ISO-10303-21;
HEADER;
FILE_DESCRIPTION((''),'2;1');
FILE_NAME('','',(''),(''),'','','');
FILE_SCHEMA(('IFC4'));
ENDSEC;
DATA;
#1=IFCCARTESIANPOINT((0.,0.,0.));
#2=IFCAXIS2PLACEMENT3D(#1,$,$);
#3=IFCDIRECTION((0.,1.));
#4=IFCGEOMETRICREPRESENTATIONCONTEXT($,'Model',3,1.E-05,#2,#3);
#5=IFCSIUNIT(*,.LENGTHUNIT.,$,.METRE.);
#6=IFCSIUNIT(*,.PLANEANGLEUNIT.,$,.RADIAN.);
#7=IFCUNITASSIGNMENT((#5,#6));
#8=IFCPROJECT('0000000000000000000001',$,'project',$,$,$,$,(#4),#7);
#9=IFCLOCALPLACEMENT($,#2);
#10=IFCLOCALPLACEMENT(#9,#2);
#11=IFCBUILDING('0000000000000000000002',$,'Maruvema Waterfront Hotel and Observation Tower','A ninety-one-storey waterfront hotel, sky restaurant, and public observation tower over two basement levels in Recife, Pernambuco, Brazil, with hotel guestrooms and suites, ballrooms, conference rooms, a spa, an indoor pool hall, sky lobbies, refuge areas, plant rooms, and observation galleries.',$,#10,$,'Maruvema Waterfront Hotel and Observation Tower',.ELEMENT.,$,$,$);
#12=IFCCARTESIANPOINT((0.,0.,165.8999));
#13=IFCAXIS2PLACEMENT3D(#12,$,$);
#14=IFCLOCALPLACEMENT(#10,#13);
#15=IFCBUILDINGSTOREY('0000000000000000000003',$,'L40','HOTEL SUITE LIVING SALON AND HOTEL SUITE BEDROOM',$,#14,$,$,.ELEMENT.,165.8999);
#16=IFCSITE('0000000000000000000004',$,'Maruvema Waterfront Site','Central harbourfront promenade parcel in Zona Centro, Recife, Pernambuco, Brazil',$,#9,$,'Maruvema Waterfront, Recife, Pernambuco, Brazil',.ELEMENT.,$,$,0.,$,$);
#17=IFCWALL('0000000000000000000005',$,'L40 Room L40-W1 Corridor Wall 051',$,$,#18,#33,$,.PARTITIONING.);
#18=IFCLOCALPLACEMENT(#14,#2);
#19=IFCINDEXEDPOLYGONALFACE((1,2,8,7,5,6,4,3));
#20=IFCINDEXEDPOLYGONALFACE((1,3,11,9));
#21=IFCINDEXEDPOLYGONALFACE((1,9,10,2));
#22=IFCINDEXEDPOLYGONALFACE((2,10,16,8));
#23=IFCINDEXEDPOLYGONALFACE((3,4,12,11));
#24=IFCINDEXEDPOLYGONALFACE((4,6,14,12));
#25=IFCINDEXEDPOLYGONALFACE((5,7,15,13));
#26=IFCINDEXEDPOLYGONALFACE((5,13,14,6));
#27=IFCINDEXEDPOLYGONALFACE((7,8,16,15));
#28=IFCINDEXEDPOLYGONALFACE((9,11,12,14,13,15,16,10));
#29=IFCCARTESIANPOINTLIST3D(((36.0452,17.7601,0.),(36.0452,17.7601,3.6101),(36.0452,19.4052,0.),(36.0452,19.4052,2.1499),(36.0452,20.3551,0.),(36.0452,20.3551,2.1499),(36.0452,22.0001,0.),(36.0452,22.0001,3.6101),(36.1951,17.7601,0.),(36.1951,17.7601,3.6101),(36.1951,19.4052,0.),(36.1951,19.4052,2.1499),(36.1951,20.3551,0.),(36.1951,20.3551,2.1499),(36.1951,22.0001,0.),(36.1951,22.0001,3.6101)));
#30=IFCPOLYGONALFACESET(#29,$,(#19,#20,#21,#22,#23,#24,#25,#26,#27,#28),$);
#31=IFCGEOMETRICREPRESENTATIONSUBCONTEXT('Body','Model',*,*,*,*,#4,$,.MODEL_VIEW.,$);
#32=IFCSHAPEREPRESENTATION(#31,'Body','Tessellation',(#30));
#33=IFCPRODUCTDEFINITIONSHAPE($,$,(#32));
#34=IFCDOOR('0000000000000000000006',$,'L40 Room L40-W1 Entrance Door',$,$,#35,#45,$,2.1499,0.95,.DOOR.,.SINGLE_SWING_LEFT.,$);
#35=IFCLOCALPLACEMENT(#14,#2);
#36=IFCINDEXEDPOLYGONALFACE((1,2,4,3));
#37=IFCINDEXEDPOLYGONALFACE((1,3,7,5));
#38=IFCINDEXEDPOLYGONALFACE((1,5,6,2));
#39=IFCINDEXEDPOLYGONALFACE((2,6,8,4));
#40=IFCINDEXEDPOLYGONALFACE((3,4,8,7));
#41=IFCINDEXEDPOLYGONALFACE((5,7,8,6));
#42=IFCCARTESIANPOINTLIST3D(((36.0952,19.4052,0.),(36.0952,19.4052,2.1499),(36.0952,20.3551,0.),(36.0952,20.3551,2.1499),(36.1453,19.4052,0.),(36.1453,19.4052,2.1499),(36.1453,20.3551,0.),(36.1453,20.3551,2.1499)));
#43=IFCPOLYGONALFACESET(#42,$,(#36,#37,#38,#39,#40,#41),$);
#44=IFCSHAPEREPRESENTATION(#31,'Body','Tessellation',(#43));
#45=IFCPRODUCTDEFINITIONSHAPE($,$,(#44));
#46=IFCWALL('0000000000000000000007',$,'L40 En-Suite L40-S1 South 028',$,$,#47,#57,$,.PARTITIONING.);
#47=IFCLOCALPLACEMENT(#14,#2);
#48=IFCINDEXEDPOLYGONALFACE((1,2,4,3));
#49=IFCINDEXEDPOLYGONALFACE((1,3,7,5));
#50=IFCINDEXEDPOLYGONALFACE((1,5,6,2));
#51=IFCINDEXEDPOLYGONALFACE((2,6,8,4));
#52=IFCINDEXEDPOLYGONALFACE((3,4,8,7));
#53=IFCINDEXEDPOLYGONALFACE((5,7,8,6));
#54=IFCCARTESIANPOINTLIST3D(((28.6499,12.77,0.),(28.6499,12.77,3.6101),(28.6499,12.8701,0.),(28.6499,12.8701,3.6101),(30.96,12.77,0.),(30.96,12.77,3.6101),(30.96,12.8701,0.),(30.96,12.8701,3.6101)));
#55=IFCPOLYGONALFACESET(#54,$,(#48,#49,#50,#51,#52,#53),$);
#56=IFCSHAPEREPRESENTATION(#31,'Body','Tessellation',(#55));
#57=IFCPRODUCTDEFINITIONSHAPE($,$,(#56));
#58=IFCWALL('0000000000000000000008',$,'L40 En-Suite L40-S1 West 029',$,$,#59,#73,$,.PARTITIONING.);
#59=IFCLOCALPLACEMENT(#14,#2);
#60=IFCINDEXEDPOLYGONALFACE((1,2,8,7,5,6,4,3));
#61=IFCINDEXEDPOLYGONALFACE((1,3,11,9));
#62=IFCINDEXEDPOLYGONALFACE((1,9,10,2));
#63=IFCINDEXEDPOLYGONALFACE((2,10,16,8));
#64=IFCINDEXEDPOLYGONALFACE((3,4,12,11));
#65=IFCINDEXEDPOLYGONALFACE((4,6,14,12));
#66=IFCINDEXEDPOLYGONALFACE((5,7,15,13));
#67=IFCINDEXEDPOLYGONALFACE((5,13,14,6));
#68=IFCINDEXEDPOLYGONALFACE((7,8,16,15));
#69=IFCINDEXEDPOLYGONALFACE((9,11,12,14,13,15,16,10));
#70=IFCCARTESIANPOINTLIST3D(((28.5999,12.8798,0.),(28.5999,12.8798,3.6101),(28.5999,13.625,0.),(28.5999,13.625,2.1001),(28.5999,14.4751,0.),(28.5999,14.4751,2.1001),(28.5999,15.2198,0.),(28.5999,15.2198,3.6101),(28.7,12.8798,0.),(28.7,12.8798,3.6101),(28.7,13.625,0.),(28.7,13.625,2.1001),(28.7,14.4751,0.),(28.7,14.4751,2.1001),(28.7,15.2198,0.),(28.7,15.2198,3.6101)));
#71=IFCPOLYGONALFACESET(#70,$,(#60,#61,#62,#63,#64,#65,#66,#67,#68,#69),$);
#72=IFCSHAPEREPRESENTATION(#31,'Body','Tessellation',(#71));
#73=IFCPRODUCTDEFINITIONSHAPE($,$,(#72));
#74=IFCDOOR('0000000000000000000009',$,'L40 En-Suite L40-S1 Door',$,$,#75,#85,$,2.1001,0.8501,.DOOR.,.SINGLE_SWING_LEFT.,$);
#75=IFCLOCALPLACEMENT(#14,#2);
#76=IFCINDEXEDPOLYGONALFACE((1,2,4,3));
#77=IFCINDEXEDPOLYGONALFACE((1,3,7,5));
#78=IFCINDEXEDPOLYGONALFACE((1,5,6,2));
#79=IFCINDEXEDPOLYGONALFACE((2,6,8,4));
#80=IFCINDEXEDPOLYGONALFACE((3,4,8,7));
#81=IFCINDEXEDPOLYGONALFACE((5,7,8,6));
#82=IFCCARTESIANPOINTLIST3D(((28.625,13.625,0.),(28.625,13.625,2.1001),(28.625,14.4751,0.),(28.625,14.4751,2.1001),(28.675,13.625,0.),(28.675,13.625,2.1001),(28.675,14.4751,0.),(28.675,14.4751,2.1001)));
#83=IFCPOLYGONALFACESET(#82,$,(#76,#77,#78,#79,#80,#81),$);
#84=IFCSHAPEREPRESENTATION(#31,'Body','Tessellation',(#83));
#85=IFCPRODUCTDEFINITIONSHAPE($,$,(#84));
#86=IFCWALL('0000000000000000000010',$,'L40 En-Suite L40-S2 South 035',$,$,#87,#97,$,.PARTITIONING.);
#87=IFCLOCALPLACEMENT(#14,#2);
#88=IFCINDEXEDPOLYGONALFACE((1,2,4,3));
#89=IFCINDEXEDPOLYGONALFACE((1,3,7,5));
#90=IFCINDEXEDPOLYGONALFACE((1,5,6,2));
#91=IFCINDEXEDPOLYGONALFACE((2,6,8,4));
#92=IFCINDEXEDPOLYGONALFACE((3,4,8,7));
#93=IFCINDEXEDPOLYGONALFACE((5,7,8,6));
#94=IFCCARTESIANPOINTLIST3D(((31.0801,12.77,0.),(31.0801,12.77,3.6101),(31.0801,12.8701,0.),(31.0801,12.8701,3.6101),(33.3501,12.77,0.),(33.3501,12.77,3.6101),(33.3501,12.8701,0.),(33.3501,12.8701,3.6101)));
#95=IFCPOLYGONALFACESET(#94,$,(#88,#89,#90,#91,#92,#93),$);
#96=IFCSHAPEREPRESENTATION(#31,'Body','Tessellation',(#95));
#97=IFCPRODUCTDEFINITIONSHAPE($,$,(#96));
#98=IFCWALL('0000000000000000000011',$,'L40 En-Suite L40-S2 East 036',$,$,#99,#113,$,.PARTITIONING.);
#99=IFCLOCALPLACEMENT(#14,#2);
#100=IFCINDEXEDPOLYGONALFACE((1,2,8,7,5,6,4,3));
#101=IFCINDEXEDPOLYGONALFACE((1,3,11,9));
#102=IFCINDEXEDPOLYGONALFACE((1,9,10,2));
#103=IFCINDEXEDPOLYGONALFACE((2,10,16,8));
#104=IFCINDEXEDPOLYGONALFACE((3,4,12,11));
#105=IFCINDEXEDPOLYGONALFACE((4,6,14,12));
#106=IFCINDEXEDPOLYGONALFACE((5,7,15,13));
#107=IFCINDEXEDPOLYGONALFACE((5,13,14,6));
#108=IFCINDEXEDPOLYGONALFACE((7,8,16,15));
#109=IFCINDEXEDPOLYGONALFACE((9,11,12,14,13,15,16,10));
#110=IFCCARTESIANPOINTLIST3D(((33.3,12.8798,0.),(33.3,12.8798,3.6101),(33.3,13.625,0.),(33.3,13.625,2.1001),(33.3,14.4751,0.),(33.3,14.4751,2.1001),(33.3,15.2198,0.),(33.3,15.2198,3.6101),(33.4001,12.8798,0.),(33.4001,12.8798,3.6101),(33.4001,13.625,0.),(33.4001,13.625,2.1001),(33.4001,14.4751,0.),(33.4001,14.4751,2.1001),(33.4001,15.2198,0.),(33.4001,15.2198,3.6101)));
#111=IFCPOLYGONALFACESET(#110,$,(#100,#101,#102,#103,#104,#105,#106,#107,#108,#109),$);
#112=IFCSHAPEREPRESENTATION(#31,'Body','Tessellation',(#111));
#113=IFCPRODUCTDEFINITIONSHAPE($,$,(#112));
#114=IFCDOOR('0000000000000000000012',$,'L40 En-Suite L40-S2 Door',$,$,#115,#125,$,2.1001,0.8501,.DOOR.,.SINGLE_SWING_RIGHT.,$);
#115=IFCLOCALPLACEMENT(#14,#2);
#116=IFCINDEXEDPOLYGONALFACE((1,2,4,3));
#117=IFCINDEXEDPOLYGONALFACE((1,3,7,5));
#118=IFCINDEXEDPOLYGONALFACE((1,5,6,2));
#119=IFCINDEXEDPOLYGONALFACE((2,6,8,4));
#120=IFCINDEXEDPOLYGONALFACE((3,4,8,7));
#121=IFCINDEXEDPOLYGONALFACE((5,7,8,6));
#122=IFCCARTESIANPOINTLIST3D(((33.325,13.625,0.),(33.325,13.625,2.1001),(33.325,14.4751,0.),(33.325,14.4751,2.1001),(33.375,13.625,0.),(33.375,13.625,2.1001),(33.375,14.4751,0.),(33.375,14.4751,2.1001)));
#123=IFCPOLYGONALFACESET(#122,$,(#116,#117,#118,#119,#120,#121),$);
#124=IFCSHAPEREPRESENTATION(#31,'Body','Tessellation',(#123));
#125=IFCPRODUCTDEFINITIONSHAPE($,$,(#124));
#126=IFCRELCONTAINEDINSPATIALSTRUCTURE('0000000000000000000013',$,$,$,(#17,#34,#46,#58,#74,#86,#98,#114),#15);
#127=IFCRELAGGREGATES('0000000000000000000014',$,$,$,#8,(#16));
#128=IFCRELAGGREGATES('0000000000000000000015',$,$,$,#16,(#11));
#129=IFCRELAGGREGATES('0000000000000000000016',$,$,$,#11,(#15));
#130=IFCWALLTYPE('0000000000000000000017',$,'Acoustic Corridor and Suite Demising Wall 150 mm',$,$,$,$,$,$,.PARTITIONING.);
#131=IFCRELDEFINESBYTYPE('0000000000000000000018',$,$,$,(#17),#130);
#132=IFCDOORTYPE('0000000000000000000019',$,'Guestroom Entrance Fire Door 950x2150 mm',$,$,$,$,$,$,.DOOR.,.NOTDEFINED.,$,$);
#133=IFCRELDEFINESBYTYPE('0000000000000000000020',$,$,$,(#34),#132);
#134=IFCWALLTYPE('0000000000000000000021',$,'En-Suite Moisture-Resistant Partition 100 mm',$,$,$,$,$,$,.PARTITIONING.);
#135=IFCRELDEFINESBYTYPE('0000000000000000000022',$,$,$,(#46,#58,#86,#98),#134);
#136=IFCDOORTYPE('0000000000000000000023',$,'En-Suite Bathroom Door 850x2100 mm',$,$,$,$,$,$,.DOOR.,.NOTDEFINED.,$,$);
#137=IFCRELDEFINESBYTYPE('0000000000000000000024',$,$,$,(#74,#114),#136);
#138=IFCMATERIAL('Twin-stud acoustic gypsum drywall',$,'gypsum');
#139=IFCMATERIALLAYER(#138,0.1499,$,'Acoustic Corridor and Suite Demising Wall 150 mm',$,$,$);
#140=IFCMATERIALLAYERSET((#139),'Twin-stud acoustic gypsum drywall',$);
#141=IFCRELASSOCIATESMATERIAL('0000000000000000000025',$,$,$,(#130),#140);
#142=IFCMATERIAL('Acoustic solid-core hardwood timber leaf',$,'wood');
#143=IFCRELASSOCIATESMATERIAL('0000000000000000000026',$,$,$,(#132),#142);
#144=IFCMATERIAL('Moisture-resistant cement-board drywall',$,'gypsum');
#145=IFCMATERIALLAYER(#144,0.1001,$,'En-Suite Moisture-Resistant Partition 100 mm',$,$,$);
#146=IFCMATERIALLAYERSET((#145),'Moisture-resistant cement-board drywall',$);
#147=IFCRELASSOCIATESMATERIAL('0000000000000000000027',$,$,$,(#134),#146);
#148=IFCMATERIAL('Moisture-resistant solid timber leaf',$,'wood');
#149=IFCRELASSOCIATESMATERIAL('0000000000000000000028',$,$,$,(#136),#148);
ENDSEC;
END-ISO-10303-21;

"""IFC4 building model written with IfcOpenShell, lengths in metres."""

from ifc_helpers import new_model, si_unit, direction, frame, frame_2d, origin, place, context, subcontext, project, spatial, rectangle, extrude, material, layer, layer_set, type_object, element, fill, save


model = new_model("IFC4")

# Units and contexts
model_context = context("Model", 3, precision=1e-05, world=origin(), true_north=direction((0.0, 1.0)))
body_context = subcontext(model_context, "Body", "Model", "MODEL_VIEW")
ifc_project = project(units=[si_unit("LENGTHUNIT", "METRE"), si_unit("PLANEANGLEUNIT", "RADIAN")], contexts=[model_context])

# Site, building, storey
site_placement = place(None, origin())
site = spatial("IfcSite", under=ifc_project, at=site_placement, Name="Maruvema Waterfront Site", Description="Central harbourfront promenade parcel in Zona Centro, Recife, Pernambuco, Brazil", LongName="Maruvema Waterfront, Recife, Pernambuco, Brazil", CompositionType="ELEMENT", RefElevation=0.0)
building_placement = place(site_placement, origin())
building = spatial("IfcBuilding", under=site, at=building_placement, Name="Maruvema Waterfront Hotel and Observation Tower", Description="A ninety-one-storey waterfront hotel, sky restaurant, and public observation tower over two basement levels in Recife, Pernambuco, Brazil, with hotel guestrooms and suites, ballrooms, conference rooms, a spa, an indoor pool hall, sky lobbies, refuge areas, plant rooms, and observation galleries.", LongName="Maruvema Waterfront Hotel and Observation Tower", CompositionType="ELEMENT")
storey_placement = place(building_placement, frame((0.0, 0.0, 165.8999)))
storey = spatial("IfcBuildingStorey", under=building, at=storey_placement, Name="L40", Description="HOTEL SUITE LIVING SALON AND HOTEL SUITE BEDROOM", CompositionType="ELEMENT", Elevation=165.8999)

# Shared definitions
ifc_material_1 = material(Name="Twin-stud acoustic gypsum drywall", Category="gypsum")
ifc_layer_1 = layer(ifc_material_1, 0.1499, Name="Acoustic Corridor and Suite Demising Wall 150 mm")
ifc_layer_set_1 = layer_set([ifc_layer_1], Name="Twin-stud acoustic gypsum drywall")
wall_type_1 = type_object("IfcWallType", Name="Acoustic Corridor and Suite Demising Wall 150 mm", PredefinedType="PARTITIONING", material=ifc_layer_set_1)

# Shared definitions
ifc_material_2 = material(Name="Acoustic solid-core hardwood timber leaf", Category="wood")
door_type_1 = type_object("IfcDoorType", Name="Guestroom Entrance Fire Door 950x2150 mm", OperationType="NOTDEFINED", PredefinedType="DOOR", material=ifc_material_2)

# Wall, opening, door
wall_1_placement = place(storey_placement, frame((36.1201, 17.76, 0.0), z_axis=(0.0, 0.0, 1.0), x_axis=(0.0, 1.0, 0.0)))
wall_1 = element("IfcWall", 1, at=wall_1_placement, inside=storey, type_object=wall_type_1, Name="L40 Room L40-W1 Corridor Wall 051", PredefinedType="PARTITIONING", context=body_context, shape_type="SweptSolid", body=[
    extrude(rectangle(XDim=4.24, YDim=0.1499, at=frame_2d((2.1201, 0.0))), origin(), (0.0, 0.0, 1.0), 3.6101),
])
opening_1_placement = place(wall_1_placement, frame((1.645, 0.0, 0.0)))
opening_1 = element("IfcOpeningElement", 2, at=opening_1_placement, cuts=wall_1, PredefinedType="OPENING", context=body_context, shape_type="SweptSolid", body=[
    extrude(rectangle(XDim=0.95, YDim=2.1499, at=frame_2d((0.4751, 1.075))), frame((0.0, 0.085, 0.0), z_axis=(0.0, -1.0, 0.0), x_axis=(1.0, 0.0, 0.0)), (0.0, 0.0, 1.0), 0.1699),
])
door_1_placement = place(opening_1_placement, origin())
door_1 = element("IfcDoor", 3, at=door_1_placement, inside=storey, type_object=door_type_1, Name="L40 Room L40-W1 Entrance Door", OperationType="SINGLE_SWING_LEFT", OverallHeight=2.1499, OverallWidth=0.95, PredefinedType="DOOR", context=body_context, shape_type="SweptSolid", body=[
    extrude(rectangle(XDim=0.95, YDim=2.1499, at=frame_2d((0.4751, 1.075))), frame((0.0, 0.0249, 0.0), z_axis=(0.0, -1.0, 0.0), x_axis=(1.0, 0.0, 0.0)), (0.0, 0.0, 1.0), 0.05),
])
fill(opening_1, door_1)

# Wall
ifc_material_3 = material(Name="Moisture-resistant cement-board drywall", Category="gypsum")
ifc_layer_2 = layer(ifc_material_3, 0.1001, Name="En-Suite Moisture-Resistant Partition 100 mm")
ifc_layer_set_2 = layer_set([ifc_layer_2], Name="Moisture-resistant cement-board drywall")
wall_type_2 = type_object("IfcWallType", Name="En-Suite Moisture-Resistant Partition 100 mm", PredefinedType="PARTITIONING", material=ifc_layer_set_2)
wall_2_placement = place(storey_placement, frame((28.6499, 12.8201, 0.0), z_axis=(0.0, 0.0, 1.0), x_axis=(1.0, 0.0, 0.0)))
element("IfcWall", 4, at=wall_2_placement, inside=storey, type_object=wall_type_2, Name="L40 En-Suite L40-S1 South 028", PredefinedType="PARTITIONING", context=body_context, shape_type="SweptSolid", body=[
    extrude(rectangle(XDim=2.3101, YDim=0.1001, at=frame_2d((1.155, 0.0))), origin(), (0.0, 0.0, 1.0), 3.6101),
])

# Wall, opening, door
wall_3_placement = place(storey_placement, frame((28.6499, 12.8799, 0.0), z_axis=(0.0, 0.0, 1.0), x_axis=(0.0, 1.0, 0.0)))
wall_3 = element("IfcWall", 5, at=wall_3_placement, inside=storey, type_object=wall_type_2, Name="L40 En-Suite L40-S1 West 029", PredefinedType="PARTITIONING", context=body_context, shape_type="SweptSolid", body=[
    extrude(rectangle(XDim=2.3401, YDim=0.1001, at=frame_2d((1.1699, 0.0))), origin(), (0.0, 0.0, 1.0), 3.6101),
])
opening_2_placement = place(wall_3_placement, frame((0.7451, 0.0, 0.0)))
opening_2 = element("IfcOpeningElement", 6, at=opening_2_placement, cuts=wall_3, PredefinedType="OPENING", context=body_context, shape_type="SweptSolid", body=[
    extrude(rectangle(XDim=0.8501, YDim=2.1001, at=frame_2d((0.425, 1.05))), frame((0.0, 0.0601, 0.0), z_axis=(0.0, -1.0, 0.0), x_axis=(1.0, 0.0, 0.0)), (0.0, 0.0, 1.0), 0.1201),
])
ifc_material_4 = material(Name="Moisture-resistant solid timber leaf", Category="wood")
door_type_2 = type_object("IfcDoorType", Name="En-Suite Bathroom Door 850x2100 mm", OperationType="NOTDEFINED", PredefinedType="DOOR", material=ifc_material_4)
door_2_placement = place(opening_2_placement, origin())
door_2 = element("IfcDoor", 7, at=door_2_placement, inside=storey, type_object=door_type_2, Name="L40 En-Suite L40-S1 Door", OperationType="SINGLE_SWING_LEFT", OverallHeight=2.1001, OverallWidth=0.8501, PredefinedType="DOOR", context=body_context, shape_type="SweptSolid", body=[
    extrude(rectangle(XDim=0.8501, YDim=2.1001, at=frame_2d((0.425, 1.05))), frame((0.0, 0.0249, 0.0), z_axis=(0.0, -1.0, 0.0), x_axis=(1.0, 0.0, 0.0)), (0.0, 0.0, 1.0), 0.05),
])
fill(opening_2, door_2)

# Wall
wall_4_placement = place(storey_placement, frame((31.0801, 12.8201, 0.0), z_axis=(0.0, 0.0, 1.0), x_axis=(1.0, 0.0, 0.0)))
element("IfcWall", 8, at=wall_4_placement, inside=storey, type_object=wall_type_2, Name="L40 En-Suite L40-S2 South 035", PredefinedType="PARTITIONING", context=body_context, shape_type="SweptSolid", body=[
    extrude(rectangle(XDim=2.27, YDim=0.1001, at=frame_2d((1.135, 0.0))), origin(), (0.0, 0.0, 1.0), 3.6101),
])

# Wall, opening, door
wall_5_placement = place(storey_placement, frame((33.3501, 12.8799, 0.0), z_axis=(0.0, 0.0, 1.0), x_axis=(0.0, 1.0, 0.0)))
wall_5 = element("IfcWall", 9, at=wall_5_placement, inside=storey, type_object=wall_type_2, Name="L40 En-Suite L40-S2 East 036", PredefinedType="PARTITIONING", context=body_context, shape_type="SweptSolid", body=[
    extrude(rectangle(XDim=2.3401, YDim=0.1001, at=frame_2d((1.1699, 0.0))), origin(), (0.0, 0.0, 1.0), 3.6101),
])
opening_3_placement = place(wall_5_placement, frame((0.7451, 0.0, 0.0)))
opening_3 = element("IfcOpeningElement", 10, at=opening_3_placement, cuts=wall_5, PredefinedType="OPENING", context=body_context, shape_type="SweptSolid", body=[
    extrude(rectangle(XDim=0.8501, YDim=2.1001, at=frame_2d((0.425, 1.05))), frame((0.0, 0.0601, 0.0), z_axis=(0.0, -1.0, 0.0), x_axis=(1.0, 0.0, 0.0)), (0.0, 0.0, 1.0), 0.1201),
])
door_3_placement = place(opening_3_placement, frame((0.8501, 0.0, 0.0), z_axis=(0.0, 0.0, 1.0), x_axis=(-1.0, 0.0, 0.0)))
door_3 = element("IfcDoor", 11, at=door_3_placement, inside=storey, type_object=door_type_2, Name="L40 En-Suite L40-S2 Door", OperationType="SINGLE_SWING_RIGHT", OverallHeight=2.1001, OverallWidth=0.8501, PredefinedType="DOOR", context=body_context, shape_type="SweptSolid", body=[
    extrude(rectangle(XDim=0.8501, YDim=2.1001, at=frame_2d((0.425, 1.05))), frame((0.0, 0.0249, 0.0), z_axis=(0.0, -1.0, 0.0), x_axis=(1.0, 0.0, 0.0)), (0.0, 0.0, 1.0), 0.05),
])
fill(opening_3, door_3)

save(model, "model.ifc")
